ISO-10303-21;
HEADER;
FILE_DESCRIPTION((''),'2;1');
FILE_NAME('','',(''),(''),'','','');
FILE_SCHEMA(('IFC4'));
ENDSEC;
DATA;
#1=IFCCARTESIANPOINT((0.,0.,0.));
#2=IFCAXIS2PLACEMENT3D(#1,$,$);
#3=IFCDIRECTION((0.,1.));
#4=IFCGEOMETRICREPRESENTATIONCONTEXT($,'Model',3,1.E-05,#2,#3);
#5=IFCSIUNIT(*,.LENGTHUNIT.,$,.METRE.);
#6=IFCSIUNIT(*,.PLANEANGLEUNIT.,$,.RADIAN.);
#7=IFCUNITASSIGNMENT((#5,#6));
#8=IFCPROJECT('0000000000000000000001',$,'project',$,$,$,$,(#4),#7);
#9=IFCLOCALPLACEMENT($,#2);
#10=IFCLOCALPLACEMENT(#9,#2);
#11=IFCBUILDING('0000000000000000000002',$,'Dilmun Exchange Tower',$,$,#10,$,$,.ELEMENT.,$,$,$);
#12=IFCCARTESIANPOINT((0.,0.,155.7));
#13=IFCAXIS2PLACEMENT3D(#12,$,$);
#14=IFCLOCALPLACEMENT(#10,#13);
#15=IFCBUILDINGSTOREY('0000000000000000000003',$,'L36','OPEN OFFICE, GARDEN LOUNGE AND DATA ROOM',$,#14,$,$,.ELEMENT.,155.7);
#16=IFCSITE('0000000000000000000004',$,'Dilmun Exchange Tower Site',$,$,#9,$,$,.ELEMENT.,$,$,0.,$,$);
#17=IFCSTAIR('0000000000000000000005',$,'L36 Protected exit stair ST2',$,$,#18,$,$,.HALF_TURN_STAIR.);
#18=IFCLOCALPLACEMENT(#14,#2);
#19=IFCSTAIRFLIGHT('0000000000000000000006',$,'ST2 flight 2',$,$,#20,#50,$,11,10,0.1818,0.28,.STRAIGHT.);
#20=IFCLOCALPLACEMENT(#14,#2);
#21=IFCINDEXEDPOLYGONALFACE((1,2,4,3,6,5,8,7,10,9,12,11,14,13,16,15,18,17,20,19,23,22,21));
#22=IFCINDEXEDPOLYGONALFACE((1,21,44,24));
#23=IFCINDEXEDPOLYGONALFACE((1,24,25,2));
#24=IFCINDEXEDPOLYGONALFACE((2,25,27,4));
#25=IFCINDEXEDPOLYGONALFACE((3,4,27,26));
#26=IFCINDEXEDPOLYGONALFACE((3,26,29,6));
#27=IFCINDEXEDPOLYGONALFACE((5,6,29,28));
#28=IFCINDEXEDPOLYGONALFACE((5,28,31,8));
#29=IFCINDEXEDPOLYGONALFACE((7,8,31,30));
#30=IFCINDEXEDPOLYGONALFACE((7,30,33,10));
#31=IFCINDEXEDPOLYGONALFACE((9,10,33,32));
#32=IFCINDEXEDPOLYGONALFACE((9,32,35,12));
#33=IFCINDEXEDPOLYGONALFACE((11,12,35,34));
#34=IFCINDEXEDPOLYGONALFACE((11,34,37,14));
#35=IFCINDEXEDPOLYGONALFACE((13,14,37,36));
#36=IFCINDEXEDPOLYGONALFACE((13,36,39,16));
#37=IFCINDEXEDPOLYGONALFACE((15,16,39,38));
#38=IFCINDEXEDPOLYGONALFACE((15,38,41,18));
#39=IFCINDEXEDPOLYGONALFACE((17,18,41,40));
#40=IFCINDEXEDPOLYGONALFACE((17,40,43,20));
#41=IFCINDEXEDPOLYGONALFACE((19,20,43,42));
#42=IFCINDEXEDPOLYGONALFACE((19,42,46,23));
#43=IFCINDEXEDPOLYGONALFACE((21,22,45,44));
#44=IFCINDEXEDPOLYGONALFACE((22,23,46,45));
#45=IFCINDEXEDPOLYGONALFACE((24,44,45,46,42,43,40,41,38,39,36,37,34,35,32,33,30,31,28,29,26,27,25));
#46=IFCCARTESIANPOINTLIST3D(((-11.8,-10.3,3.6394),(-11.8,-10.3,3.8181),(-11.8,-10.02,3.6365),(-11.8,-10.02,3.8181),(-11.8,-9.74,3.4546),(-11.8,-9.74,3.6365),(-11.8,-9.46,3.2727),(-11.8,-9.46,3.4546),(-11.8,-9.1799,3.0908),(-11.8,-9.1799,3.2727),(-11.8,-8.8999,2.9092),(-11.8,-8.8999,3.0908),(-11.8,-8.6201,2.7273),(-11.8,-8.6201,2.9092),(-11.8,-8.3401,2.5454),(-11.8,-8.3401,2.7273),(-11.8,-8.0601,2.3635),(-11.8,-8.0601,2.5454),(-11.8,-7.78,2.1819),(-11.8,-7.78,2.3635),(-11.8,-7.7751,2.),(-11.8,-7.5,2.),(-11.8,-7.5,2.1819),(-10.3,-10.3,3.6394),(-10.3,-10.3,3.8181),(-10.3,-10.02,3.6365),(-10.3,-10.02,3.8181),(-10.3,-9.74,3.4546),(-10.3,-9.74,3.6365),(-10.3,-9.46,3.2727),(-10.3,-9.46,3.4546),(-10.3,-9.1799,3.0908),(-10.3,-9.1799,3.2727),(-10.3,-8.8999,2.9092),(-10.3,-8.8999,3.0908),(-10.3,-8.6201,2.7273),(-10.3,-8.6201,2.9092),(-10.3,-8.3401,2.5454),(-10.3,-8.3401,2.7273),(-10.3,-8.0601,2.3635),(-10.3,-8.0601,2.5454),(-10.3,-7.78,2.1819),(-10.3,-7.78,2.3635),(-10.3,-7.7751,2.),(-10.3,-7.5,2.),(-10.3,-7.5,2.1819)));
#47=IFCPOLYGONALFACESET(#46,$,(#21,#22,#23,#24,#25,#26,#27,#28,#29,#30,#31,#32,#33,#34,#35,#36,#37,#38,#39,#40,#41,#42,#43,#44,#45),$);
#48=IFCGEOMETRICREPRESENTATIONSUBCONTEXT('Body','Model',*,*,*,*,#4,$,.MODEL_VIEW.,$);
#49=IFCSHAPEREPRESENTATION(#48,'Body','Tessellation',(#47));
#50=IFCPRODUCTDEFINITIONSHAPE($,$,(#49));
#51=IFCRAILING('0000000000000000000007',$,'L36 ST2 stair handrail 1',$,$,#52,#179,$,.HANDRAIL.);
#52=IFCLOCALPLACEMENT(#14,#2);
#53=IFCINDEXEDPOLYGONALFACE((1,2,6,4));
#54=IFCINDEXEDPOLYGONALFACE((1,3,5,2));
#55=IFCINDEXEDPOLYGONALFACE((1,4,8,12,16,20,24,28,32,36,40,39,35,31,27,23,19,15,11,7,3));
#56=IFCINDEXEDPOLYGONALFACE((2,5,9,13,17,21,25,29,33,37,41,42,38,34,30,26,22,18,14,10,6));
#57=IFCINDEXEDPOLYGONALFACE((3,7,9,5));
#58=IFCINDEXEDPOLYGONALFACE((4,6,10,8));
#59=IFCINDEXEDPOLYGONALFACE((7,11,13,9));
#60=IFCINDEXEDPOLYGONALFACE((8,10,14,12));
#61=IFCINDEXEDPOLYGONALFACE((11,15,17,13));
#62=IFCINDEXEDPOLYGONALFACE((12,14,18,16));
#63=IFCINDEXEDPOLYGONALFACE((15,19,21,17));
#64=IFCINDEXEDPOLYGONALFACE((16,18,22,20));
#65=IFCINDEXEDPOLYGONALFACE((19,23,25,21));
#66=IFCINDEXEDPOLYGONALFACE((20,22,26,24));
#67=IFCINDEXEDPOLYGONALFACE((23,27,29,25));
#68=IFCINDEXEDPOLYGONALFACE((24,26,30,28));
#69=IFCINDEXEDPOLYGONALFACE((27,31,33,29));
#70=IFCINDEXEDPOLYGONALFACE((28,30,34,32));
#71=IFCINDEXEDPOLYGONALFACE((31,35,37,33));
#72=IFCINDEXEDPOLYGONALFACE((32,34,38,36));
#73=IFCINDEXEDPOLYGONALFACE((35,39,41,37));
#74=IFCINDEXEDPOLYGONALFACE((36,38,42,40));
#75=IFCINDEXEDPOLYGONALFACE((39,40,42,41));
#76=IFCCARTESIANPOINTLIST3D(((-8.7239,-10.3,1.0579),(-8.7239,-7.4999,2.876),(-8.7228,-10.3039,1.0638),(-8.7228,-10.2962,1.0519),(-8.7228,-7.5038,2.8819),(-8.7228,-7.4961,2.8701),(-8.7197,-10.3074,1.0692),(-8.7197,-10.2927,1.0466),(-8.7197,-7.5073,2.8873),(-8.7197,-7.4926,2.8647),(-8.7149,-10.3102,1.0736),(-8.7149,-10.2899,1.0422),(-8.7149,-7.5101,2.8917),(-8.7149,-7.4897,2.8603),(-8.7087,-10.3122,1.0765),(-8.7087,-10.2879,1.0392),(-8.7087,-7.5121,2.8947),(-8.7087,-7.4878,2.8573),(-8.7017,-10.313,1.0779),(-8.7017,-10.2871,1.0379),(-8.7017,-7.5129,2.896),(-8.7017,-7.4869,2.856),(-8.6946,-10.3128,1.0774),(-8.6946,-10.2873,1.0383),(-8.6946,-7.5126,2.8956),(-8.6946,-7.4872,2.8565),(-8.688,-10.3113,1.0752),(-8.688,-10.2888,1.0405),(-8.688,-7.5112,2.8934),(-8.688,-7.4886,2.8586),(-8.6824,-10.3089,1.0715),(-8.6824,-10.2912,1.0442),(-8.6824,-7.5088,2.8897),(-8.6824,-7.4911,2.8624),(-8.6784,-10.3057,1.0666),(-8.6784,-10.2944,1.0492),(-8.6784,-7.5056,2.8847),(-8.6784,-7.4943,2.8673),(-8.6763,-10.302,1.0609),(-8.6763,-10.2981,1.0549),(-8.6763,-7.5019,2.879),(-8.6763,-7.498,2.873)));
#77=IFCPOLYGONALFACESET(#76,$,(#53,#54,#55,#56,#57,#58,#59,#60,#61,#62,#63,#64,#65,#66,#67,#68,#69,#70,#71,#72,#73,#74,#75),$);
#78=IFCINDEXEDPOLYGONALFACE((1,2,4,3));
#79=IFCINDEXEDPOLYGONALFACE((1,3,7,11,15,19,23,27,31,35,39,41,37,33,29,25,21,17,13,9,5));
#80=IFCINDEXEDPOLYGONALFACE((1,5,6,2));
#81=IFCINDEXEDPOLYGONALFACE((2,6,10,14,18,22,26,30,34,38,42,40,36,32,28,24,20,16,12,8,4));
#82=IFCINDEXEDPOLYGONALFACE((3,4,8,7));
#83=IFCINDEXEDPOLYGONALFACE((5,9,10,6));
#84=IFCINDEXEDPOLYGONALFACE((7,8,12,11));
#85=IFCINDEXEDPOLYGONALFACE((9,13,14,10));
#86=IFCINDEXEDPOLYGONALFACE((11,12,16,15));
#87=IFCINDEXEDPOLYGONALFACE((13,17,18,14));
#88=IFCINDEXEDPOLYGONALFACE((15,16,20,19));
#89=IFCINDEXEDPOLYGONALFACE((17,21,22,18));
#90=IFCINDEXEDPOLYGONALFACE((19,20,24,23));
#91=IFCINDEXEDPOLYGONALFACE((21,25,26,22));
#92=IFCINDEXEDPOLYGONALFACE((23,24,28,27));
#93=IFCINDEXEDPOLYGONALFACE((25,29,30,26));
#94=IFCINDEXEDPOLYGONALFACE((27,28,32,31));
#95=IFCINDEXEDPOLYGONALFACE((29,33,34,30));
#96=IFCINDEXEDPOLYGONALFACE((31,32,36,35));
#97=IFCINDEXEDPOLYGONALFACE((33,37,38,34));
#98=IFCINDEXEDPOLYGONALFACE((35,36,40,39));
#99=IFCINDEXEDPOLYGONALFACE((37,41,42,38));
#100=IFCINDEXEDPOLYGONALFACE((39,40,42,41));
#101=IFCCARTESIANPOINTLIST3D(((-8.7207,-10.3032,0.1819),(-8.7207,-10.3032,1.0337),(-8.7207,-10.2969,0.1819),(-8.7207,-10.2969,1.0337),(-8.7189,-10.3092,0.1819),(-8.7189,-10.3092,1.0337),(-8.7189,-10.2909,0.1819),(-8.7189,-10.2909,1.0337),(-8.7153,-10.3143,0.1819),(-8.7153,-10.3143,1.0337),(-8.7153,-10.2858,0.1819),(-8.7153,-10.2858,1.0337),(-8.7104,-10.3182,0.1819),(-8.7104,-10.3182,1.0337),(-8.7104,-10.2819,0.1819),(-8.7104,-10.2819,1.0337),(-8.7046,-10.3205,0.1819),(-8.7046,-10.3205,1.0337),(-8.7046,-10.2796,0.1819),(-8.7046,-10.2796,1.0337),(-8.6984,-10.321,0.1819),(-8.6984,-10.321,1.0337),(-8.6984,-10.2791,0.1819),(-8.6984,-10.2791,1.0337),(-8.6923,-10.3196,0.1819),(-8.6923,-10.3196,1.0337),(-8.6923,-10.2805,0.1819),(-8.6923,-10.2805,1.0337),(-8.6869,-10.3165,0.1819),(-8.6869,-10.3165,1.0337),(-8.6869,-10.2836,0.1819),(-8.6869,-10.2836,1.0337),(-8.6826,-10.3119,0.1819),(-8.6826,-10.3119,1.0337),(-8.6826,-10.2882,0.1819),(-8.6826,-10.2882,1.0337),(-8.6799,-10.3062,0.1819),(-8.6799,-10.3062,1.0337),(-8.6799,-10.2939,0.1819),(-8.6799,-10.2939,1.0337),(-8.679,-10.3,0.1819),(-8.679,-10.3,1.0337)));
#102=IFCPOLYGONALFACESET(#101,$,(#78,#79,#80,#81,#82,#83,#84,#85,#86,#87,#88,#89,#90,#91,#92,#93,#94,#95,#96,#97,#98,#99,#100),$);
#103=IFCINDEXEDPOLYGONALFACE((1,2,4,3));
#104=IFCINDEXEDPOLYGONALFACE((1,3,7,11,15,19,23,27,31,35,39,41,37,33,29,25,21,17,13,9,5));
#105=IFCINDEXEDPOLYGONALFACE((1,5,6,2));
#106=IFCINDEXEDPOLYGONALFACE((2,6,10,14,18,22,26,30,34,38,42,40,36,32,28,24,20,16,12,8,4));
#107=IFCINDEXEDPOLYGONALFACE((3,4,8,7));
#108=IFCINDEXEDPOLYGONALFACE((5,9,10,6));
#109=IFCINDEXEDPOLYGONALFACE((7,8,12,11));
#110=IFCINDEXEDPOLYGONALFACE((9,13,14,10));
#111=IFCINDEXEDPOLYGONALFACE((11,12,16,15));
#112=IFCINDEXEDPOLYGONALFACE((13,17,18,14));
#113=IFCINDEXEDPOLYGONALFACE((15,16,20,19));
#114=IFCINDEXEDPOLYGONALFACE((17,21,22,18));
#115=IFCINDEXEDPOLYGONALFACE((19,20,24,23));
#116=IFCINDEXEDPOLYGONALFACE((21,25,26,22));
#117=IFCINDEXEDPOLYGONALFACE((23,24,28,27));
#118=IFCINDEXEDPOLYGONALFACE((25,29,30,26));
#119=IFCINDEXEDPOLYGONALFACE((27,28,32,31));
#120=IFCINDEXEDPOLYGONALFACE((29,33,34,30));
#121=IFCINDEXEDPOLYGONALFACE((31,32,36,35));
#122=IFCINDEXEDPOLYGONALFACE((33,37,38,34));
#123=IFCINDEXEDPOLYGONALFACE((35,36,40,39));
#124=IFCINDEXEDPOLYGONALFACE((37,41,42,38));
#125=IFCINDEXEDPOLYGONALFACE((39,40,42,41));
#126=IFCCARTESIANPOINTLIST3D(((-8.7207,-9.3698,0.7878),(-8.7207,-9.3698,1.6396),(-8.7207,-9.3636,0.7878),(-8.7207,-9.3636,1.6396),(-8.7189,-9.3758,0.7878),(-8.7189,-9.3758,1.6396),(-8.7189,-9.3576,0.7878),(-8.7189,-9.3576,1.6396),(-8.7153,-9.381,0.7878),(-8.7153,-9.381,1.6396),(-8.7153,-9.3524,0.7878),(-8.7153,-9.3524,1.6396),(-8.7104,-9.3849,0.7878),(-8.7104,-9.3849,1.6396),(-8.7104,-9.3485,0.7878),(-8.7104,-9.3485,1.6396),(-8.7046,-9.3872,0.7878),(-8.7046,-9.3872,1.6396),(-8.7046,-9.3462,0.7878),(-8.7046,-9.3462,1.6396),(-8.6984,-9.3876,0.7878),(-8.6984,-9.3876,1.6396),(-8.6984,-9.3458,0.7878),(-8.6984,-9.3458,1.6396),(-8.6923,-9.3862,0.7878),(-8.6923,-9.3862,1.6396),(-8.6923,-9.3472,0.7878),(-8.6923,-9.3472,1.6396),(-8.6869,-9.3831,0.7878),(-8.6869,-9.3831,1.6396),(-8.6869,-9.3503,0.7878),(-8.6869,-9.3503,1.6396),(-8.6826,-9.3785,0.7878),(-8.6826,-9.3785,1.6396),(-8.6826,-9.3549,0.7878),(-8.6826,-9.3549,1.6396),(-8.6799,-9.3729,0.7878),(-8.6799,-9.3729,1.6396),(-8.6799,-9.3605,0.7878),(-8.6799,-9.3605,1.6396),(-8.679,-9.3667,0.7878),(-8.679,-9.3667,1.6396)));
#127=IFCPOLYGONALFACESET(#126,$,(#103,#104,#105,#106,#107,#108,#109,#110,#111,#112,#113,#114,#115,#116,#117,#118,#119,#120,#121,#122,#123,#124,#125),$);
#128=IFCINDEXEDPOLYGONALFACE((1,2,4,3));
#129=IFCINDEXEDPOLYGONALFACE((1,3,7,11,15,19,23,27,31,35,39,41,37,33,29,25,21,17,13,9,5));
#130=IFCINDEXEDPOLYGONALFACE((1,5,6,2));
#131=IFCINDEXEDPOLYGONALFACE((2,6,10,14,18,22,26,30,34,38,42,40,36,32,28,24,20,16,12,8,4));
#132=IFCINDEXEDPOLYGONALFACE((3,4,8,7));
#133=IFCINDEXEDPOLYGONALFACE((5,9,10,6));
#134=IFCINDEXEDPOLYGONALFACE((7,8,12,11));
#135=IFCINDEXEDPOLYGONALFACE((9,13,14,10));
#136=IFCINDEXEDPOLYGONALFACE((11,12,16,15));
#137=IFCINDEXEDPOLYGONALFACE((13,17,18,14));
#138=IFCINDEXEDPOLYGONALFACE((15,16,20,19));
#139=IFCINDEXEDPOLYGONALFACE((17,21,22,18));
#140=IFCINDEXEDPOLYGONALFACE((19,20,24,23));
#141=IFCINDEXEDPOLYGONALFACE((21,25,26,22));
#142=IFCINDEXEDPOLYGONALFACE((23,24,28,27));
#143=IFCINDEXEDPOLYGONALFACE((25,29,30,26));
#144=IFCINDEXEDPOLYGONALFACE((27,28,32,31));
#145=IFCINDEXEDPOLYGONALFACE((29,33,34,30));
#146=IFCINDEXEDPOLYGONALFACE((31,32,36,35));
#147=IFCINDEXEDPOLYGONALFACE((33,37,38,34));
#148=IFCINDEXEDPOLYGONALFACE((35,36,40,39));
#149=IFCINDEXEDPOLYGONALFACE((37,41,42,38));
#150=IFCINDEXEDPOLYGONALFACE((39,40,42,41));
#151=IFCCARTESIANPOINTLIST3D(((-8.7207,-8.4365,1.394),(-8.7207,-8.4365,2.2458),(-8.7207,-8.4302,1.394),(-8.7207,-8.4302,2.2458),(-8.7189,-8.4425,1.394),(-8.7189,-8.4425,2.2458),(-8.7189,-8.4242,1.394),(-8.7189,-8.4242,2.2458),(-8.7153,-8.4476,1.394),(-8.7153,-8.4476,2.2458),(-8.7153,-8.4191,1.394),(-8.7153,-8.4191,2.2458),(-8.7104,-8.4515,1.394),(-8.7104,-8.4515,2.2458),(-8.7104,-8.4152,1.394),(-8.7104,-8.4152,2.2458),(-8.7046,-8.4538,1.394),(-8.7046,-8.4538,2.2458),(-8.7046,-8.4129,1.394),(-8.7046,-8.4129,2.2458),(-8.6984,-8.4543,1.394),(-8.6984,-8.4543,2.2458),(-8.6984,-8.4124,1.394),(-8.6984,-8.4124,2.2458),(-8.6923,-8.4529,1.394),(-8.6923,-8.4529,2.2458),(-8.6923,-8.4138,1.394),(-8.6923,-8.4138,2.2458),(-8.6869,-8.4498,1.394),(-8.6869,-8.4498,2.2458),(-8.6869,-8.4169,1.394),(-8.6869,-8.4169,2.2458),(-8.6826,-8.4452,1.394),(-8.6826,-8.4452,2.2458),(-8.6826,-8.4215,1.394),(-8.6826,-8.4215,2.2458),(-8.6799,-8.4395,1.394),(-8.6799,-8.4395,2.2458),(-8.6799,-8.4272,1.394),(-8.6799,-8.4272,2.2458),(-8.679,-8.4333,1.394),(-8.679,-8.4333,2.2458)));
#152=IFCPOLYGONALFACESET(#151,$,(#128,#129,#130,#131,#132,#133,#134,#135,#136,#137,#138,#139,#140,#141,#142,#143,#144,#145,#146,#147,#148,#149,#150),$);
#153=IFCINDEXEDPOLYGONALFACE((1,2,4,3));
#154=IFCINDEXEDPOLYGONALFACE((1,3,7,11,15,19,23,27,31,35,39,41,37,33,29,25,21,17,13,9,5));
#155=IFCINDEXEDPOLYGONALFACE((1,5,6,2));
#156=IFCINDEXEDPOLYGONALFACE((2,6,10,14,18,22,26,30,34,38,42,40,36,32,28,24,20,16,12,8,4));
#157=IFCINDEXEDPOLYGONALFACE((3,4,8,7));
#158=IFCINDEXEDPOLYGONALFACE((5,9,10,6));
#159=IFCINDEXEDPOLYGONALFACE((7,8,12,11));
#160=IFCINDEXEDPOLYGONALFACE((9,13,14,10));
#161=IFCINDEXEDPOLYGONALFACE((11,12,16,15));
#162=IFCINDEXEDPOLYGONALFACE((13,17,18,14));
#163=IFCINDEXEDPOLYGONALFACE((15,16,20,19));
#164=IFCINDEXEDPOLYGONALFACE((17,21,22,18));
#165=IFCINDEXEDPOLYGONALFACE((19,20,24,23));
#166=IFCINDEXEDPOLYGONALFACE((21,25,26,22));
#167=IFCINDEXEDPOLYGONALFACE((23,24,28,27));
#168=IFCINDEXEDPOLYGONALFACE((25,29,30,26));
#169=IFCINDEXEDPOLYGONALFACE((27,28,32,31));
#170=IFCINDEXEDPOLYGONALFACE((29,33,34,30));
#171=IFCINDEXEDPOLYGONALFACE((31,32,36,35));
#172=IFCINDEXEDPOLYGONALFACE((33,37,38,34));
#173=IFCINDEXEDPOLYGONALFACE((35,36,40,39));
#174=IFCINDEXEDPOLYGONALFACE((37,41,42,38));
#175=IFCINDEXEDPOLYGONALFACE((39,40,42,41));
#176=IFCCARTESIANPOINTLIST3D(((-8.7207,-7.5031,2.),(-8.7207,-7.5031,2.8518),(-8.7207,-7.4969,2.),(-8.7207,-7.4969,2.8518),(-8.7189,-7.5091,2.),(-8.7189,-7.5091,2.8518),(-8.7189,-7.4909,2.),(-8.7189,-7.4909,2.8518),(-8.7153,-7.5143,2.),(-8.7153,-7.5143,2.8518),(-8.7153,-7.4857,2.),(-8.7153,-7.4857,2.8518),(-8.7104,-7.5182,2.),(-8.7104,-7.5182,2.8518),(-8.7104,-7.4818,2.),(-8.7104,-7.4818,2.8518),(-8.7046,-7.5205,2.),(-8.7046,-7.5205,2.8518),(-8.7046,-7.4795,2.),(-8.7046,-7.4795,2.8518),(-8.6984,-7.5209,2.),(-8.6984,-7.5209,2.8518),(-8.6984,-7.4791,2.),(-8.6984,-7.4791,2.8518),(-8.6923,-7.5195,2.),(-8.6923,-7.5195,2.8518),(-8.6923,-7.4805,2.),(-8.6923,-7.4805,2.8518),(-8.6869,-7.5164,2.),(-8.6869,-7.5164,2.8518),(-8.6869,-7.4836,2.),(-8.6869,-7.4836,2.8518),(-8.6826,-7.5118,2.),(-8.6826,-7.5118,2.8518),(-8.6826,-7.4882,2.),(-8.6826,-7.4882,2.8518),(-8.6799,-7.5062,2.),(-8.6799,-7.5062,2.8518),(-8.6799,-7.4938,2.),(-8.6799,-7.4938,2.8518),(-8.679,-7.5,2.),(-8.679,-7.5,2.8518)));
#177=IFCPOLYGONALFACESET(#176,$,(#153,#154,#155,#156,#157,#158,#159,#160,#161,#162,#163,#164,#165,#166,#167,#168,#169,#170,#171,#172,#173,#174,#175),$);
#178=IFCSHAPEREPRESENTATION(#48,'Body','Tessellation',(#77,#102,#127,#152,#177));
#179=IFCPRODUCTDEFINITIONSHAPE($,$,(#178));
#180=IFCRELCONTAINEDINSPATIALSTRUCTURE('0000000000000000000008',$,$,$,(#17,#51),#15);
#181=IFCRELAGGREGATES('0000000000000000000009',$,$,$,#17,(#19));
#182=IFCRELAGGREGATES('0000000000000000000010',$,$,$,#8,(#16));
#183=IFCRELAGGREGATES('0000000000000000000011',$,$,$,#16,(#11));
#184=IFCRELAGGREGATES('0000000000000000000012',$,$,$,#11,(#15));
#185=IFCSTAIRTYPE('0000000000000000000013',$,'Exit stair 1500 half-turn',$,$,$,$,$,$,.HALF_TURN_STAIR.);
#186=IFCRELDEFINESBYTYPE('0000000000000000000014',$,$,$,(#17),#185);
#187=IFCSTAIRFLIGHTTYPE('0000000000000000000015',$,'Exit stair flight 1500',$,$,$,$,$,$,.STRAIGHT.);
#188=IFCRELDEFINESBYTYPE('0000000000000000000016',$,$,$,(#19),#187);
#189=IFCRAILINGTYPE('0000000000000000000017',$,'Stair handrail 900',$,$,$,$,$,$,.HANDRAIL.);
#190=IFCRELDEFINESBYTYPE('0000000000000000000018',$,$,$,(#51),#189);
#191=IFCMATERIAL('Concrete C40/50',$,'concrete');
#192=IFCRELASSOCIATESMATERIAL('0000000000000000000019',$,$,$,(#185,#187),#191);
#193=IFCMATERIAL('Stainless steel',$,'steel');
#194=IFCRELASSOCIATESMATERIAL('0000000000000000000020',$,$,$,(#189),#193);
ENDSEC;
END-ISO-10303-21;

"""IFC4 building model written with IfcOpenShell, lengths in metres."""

from ifc_helpers import new_model, si_unit, direction, frame, origin, origin_2d, place, context, subcontext, project, spatial, polyline, circle, outline, extrude, material, type_object, element, aggregate, save


model = new_model("IFC4")

# Units and contexts
model_context = context("Model", 3, precision=1e-05, world=origin(), true_north=direction((0.0, 1.0)))
body_context = subcontext(model_context, "Body", "Model", "MODEL_VIEW")
ifc_project = project(units=[si_unit("LENGTHUNIT", "METRE"), si_unit("PLANEANGLEUNIT", "RADIAN")], contexts=[model_context])

# Site, building, storey
site_placement = place(None, origin())
site = spatial("IfcSite", under=ifc_project, at=site_placement, Name="Dilmun Exchange Tower Site", CompositionType="ELEMENT", RefElevation=0.0)
building_placement = place(site_placement, origin())
building = spatial("IfcBuilding", under=site, at=building_placement, Name="Dilmun Exchange Tower", CompositionType="ELEMENT")
storey_placement = place(building_placement, frame((0.0, 0.0, 155.7)))
storey = spatial("IfcBuildingStorey", under=building, at=storey_placement, Name="L36", Description="OPEN OFFICE, GARDEN LOUNGE AND DATA ROOM", CompositionType="ELEMENT", Elevation=155.7)

# Shared definitions
ifc_material_1 = material(Name="Concrete C40/50", Category="concrete")

# Stair, stair flight
stair_type = type_object("IfcStairType", Name="Exit stair 1500 half-turn", PredefinedType="HALF_TURN_STAIR", material=ifc_material_1)
stair_placement = place(storey_placement, origin())
stair = element("IfcStair", 1, at=stair_placement, inside=storey, type_object=stair_type, Name="L36 Protected exit stair ST2", PredefinedType="HALF_TURN_STAIR")
stair_flight_type = type_object("IfcStairFlightType", Name="Exit stair flight 1500", PredefinedType="STRAIGHT", material=ifc_material_1)
stair_flight_1_placement = place(storey_placement, frame((-11.05, -7.5, 2.0), z_axis=(0.0, 0.0, 1.0), x_axis=(0.0, -1.0, 0.0)))
stair_flight_1 = element("IfcStairFlight", 2, at=stair_flight_1_placement, type_object=stair_flight_type, Name="ST2 flight 2", NumberOfRisers=11, NumberOfTreads=10, PredefinedType="STRAIGHT", RiserHeight=0.1818, TreadLength=0.28, context=body_context, shape_type="SweptSolid", body=[
    extrude(outline(polyline([(0.0, 0.0), (0.0, 0.1819), (0.28, 0.1819), (0.28, 0.3635), (0.5601, 0.3635), (0.5601, 0.5454), (0.8401, 0.5454), (0.8401, 0.7273), (1.1201, 0.7273), (1.1201, 0.9092), (1.3999, 0.9092), (1.3999, 1.0908), (1.6799, 1.0908), (1.6799, 1.2727), (1.96, 1.2727), (1.96, 1.4546), (2.24, 1.4546), (2.24, 1.6365), (2.52, 1.6365), (2.52, 1.8181), (2.8, 1.8181), (2.8, 2.0), (2.8, 1.6394), (0.2751, 0.0), (0.0, 0.0)])), frame((0.0, 0.75, 0.0), z_axis=(0.0, -1.0, 0.0), x_axis=(1.0, 0.0, 0.0)), (0.0, 0.0, 1.0), 1.5),
])
aggregate(stair, [stair_flight_1])

# Railing
ifc_material_2 = material(Name="Stainless steel", Category="steel")
railing_type = type_object("IfcRailingType", Name="Stair handrail 900", PredefinedType="HANDRAIL", material=ifc_material_2)
railing_1_placement = place(storey_placement, frame((-8.7, -10.3, 0.1819)))
element("IfcRailing", 3, at=railing_1_placement, inside=storey, type_object=railing_type, Name="L36 ST2 stair handrail 1", PredefinedType="HANDRAIL", context=body_context, shape_type="SweptSolid", body=[
    extrude(circle(Radius=0.0239, at=origin_2d()), frame((0.0, 0.0, 0.876), z_axis=(0.0, 0.838706, 0.544585), x_axis=(-1.0, 0.0, 0.0)), (0.0, 0.0, 1.0), 3.3386),
    extrude(circle(Radius=0.021, at=origin_2d()), origin(), (0.0, 0.0, 1.0), 0.8518),
    extrude(circle(Radius=0.021, at=origin_2d()), frame((0.0, 0.9333, 0.606)), (0.0, 0.0, 1.0), 0.8518),
    extrude(circle(Radius=0.021, at=origin_2d()), frame((0.0, 1.8667, 1.2122)), (0.0, 0.0, 1.0), 0.8518),
    extrude(circle(Radius=0.021, at=origin_2d()), frame((0.0, 2.8, 1.8181)), (0.0, 0.0, 1.0), 0.8518),
])

save(model, "model.ifc")
